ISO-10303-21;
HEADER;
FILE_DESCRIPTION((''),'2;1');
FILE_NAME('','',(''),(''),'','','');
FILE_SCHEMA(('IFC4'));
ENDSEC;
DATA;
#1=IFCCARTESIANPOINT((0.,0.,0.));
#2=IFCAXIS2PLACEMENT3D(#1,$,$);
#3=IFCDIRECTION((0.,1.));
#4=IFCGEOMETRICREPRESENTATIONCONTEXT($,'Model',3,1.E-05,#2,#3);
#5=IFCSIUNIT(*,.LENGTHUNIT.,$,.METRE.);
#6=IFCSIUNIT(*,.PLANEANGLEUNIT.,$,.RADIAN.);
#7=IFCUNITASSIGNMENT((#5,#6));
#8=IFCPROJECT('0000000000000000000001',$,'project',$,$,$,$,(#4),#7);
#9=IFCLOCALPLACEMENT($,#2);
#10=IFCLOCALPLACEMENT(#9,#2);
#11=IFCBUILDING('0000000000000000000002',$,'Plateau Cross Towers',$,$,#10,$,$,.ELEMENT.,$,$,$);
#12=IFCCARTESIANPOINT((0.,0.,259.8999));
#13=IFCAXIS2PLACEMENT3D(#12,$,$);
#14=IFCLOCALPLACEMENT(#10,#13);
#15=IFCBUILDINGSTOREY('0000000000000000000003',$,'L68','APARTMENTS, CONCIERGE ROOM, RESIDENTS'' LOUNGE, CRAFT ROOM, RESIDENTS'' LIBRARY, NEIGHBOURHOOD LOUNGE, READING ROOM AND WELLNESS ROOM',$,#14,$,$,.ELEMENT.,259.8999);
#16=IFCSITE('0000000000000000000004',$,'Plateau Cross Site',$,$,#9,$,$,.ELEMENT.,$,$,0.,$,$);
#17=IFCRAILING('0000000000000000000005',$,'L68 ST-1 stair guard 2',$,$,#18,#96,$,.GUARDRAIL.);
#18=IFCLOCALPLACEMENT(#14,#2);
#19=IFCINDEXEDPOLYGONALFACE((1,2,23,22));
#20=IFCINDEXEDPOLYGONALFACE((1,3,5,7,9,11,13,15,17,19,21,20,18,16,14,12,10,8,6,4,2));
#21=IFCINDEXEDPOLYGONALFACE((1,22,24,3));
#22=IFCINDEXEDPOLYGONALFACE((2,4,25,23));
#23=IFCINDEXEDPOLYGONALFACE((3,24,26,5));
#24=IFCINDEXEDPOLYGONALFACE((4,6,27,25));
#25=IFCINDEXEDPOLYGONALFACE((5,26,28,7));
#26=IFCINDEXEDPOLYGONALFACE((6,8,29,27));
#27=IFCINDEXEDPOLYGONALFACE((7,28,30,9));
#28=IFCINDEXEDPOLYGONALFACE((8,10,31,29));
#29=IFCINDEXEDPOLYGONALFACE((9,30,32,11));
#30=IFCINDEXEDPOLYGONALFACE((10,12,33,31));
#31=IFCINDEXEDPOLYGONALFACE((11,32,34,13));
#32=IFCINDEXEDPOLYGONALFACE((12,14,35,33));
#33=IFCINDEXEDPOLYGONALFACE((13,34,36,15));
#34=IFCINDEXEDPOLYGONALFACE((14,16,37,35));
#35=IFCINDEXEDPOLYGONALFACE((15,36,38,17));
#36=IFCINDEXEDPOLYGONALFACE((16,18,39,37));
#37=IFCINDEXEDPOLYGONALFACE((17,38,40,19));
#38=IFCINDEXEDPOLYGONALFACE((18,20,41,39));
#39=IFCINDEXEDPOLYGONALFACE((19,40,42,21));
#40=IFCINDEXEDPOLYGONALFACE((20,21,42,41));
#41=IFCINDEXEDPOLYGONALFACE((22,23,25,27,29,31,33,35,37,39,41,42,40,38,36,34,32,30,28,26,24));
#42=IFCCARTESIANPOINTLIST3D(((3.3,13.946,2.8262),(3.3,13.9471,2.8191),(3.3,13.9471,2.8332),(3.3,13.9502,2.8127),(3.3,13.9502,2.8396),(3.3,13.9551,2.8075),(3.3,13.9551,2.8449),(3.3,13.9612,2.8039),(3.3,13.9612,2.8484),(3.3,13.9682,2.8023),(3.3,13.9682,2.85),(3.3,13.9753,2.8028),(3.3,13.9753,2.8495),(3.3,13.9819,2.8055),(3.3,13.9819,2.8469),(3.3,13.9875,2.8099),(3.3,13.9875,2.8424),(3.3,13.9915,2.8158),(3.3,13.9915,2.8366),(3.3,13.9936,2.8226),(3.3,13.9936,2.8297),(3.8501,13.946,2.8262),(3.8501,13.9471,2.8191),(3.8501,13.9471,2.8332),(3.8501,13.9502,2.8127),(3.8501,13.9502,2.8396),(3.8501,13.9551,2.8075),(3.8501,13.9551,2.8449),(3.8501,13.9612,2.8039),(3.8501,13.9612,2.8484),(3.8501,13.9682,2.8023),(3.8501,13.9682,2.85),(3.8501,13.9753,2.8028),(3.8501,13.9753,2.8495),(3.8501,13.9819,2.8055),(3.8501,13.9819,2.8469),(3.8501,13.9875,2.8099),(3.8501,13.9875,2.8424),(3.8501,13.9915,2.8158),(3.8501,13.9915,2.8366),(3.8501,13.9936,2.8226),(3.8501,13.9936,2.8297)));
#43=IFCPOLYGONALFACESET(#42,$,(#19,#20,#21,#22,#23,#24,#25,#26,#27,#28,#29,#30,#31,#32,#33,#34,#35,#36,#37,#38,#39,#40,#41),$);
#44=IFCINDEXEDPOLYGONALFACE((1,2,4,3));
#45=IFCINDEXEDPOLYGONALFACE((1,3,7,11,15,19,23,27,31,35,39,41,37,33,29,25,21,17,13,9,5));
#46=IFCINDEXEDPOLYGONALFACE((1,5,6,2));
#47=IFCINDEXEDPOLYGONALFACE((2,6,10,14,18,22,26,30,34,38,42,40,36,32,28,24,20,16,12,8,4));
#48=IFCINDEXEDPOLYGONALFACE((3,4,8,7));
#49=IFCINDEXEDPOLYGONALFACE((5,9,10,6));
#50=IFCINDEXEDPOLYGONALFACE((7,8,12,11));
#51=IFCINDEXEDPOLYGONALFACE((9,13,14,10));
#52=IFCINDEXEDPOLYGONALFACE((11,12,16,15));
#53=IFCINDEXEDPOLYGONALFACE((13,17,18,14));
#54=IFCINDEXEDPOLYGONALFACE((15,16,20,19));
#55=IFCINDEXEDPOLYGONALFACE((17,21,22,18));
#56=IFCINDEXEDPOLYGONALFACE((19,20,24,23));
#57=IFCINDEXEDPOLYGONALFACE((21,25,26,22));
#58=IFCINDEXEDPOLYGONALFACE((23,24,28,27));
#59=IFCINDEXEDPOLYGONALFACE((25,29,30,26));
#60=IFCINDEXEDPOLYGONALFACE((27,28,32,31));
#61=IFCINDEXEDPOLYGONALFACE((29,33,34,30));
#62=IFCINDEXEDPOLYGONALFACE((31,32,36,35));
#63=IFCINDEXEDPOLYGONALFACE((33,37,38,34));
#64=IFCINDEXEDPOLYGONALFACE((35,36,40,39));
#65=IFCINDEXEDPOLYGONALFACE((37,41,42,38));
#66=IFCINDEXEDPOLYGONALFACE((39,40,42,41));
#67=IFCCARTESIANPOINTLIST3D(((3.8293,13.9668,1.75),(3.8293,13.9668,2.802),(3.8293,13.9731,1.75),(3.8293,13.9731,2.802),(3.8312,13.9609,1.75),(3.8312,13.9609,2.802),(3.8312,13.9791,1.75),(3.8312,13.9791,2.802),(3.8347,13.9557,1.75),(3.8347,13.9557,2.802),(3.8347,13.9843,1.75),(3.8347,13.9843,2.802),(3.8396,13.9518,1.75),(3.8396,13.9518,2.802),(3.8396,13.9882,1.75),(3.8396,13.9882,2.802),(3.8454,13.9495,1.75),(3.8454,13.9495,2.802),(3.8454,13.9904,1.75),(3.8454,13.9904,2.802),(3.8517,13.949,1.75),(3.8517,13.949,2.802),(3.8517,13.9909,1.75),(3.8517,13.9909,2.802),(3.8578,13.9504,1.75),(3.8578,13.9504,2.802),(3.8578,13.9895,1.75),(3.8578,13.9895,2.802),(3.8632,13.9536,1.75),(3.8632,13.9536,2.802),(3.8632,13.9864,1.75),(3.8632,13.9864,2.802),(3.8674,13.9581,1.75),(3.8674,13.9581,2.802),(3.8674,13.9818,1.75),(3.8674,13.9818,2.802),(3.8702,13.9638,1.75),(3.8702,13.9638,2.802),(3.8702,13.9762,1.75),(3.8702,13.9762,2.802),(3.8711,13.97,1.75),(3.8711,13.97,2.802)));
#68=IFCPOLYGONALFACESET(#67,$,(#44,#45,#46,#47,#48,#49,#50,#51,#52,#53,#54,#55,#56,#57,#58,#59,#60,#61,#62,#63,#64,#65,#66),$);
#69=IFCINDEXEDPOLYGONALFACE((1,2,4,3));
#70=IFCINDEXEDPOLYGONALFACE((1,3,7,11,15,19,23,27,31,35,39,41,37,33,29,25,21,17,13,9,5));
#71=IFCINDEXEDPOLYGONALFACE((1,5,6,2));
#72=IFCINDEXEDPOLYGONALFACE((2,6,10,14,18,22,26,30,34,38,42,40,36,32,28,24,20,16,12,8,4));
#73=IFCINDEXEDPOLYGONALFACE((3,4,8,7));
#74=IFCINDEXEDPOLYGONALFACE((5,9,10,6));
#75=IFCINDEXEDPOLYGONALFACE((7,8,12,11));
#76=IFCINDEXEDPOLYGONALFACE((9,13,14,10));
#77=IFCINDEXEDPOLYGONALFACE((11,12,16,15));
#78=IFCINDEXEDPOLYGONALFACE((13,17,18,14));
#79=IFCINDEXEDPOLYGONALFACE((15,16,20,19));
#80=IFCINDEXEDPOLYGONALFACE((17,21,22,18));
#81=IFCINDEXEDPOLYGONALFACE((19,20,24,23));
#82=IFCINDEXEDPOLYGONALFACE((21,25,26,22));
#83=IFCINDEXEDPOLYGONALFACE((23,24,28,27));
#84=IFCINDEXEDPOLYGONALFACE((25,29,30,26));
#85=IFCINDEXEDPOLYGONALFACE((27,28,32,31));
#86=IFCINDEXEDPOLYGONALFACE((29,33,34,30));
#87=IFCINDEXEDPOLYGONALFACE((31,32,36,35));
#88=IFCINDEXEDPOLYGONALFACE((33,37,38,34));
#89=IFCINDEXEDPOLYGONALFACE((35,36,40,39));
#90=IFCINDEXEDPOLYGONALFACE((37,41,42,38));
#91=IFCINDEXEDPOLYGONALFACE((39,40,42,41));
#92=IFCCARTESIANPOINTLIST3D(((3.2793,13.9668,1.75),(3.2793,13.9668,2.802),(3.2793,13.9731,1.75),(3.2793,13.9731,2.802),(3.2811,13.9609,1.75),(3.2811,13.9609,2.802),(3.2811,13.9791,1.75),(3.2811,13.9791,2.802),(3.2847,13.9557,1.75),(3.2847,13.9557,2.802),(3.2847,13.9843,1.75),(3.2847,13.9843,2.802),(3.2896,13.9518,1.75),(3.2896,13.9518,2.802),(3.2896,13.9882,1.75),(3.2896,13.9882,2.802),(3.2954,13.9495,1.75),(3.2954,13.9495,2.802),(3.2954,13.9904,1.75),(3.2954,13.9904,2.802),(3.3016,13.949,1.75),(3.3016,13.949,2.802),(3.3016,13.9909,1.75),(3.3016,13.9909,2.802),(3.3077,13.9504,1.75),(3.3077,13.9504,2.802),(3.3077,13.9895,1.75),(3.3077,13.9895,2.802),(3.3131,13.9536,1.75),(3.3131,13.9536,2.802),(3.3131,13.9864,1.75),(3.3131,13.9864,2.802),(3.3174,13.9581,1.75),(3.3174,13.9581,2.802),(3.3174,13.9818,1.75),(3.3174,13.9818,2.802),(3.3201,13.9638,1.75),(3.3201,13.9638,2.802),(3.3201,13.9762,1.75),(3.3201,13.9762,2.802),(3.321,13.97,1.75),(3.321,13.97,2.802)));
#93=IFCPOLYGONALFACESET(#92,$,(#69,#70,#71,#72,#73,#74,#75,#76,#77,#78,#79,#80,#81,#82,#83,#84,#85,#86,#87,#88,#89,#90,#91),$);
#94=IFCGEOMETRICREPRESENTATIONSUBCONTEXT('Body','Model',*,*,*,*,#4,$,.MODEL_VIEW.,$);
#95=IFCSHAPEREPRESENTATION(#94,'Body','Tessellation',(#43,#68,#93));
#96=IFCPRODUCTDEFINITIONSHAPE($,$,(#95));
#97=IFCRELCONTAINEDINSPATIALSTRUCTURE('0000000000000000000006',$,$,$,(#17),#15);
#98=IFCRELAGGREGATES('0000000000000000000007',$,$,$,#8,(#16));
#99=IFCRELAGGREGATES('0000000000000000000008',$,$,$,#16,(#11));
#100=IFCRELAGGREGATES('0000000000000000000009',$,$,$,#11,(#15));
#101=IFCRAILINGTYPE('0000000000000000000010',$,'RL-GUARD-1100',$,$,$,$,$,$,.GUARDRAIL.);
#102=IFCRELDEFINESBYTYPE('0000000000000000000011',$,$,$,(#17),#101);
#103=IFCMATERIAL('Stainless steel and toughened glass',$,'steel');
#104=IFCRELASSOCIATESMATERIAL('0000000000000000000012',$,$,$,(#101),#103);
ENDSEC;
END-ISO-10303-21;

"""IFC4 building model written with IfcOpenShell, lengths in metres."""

from ifc_helpers import new_model, si_unit, direction, frame, origin, origin_2d, place, context, subcontext, project, spatial, circle, extrude, material, type_object, element, save


model = new_model("IFC4")

# Units and contexts
model_context = context("Model", 3, precision=1e-05, world=origin(), true_north=direction((0.0, 1.0)))
body_context = subcontext(model_context, "Body", "Model", "MODEL_VIEW")
ifc_project = project(units=[si_unit("LENGTHUNIT", "METRE"), si_unit("PLANEANGLEUNIT", "RADIAN")], contexts=[model_context])

# Site, building, storey
site_placement = place(None, origin())
site = spatial("IfcSite", under=ifc_project, at=site_placement, Name="Plateau Cross Site", CompositionType="ELEMENT", RefElevation=0.0)
building_placement = place(site_placement, origin())
building = spatial("IfcBuilding", under=site, at=building_placement, Name="Plateau Cross Towers", CompositionType="ELEMENT")
storey_placement = place(building_placement, frame((0.0, 0.0, 259.8999)))
storey = spatial("IfcBuildingStorey", under=building, at=storey_placement, Name="L68", Description="APARTMENTS, CONCIERGE ROOM, RESIDENTS' LOUNGE, CRAFT ROOM, RESIDENTS' LIBRARY, NEIGHBOURHOOD LOUNGE, READING ROOM AND WELLNESS ROOM", CompositionType="ELEMENT", Elevation=259.8999)

# Railing
ifc_material_1 = material(Name="Stainless steel and toughened glass", Category="steel")
railing_type_1 = type_object("IfcRailingType", Name="RL-GUARD-1100", PredefinedType="GUARDRAIL", material=ifc_material_1)
railing_1_placement = place(storey_placement, frame((3.8501, 13.97, 1.75)))
element("IfcRailing", 1, at=railing_1_placement, inside=storey, type_object=railing_type_1, Name="L68 ST-1 stair guard 2", PredefinedType="GUARDRAIL", context=body_context, shape_type="SweptSolid", body=[
    extrude(circle(Radius=0.0239, at=origin_2d()), frame((0.0, 0.0, 1.0762), z_axis=(-1.0, 0.0, 0.0), x_axis=(0.0, -1.0, 0.0)), (0.0, 0.0, 1.0), 0.55),
    extrude(circle(Radius=0.021, at=origin_2d()), origin(), (0.0, 0.0, 1.0), 1.052),
    extrude(circle(Radius=0.021, at=origin_2d()), frame((-0.55, 0.0, 0.0)), (0.0, 0.0, 1.0), 1.052),
])

save(model, "model.ifc")
